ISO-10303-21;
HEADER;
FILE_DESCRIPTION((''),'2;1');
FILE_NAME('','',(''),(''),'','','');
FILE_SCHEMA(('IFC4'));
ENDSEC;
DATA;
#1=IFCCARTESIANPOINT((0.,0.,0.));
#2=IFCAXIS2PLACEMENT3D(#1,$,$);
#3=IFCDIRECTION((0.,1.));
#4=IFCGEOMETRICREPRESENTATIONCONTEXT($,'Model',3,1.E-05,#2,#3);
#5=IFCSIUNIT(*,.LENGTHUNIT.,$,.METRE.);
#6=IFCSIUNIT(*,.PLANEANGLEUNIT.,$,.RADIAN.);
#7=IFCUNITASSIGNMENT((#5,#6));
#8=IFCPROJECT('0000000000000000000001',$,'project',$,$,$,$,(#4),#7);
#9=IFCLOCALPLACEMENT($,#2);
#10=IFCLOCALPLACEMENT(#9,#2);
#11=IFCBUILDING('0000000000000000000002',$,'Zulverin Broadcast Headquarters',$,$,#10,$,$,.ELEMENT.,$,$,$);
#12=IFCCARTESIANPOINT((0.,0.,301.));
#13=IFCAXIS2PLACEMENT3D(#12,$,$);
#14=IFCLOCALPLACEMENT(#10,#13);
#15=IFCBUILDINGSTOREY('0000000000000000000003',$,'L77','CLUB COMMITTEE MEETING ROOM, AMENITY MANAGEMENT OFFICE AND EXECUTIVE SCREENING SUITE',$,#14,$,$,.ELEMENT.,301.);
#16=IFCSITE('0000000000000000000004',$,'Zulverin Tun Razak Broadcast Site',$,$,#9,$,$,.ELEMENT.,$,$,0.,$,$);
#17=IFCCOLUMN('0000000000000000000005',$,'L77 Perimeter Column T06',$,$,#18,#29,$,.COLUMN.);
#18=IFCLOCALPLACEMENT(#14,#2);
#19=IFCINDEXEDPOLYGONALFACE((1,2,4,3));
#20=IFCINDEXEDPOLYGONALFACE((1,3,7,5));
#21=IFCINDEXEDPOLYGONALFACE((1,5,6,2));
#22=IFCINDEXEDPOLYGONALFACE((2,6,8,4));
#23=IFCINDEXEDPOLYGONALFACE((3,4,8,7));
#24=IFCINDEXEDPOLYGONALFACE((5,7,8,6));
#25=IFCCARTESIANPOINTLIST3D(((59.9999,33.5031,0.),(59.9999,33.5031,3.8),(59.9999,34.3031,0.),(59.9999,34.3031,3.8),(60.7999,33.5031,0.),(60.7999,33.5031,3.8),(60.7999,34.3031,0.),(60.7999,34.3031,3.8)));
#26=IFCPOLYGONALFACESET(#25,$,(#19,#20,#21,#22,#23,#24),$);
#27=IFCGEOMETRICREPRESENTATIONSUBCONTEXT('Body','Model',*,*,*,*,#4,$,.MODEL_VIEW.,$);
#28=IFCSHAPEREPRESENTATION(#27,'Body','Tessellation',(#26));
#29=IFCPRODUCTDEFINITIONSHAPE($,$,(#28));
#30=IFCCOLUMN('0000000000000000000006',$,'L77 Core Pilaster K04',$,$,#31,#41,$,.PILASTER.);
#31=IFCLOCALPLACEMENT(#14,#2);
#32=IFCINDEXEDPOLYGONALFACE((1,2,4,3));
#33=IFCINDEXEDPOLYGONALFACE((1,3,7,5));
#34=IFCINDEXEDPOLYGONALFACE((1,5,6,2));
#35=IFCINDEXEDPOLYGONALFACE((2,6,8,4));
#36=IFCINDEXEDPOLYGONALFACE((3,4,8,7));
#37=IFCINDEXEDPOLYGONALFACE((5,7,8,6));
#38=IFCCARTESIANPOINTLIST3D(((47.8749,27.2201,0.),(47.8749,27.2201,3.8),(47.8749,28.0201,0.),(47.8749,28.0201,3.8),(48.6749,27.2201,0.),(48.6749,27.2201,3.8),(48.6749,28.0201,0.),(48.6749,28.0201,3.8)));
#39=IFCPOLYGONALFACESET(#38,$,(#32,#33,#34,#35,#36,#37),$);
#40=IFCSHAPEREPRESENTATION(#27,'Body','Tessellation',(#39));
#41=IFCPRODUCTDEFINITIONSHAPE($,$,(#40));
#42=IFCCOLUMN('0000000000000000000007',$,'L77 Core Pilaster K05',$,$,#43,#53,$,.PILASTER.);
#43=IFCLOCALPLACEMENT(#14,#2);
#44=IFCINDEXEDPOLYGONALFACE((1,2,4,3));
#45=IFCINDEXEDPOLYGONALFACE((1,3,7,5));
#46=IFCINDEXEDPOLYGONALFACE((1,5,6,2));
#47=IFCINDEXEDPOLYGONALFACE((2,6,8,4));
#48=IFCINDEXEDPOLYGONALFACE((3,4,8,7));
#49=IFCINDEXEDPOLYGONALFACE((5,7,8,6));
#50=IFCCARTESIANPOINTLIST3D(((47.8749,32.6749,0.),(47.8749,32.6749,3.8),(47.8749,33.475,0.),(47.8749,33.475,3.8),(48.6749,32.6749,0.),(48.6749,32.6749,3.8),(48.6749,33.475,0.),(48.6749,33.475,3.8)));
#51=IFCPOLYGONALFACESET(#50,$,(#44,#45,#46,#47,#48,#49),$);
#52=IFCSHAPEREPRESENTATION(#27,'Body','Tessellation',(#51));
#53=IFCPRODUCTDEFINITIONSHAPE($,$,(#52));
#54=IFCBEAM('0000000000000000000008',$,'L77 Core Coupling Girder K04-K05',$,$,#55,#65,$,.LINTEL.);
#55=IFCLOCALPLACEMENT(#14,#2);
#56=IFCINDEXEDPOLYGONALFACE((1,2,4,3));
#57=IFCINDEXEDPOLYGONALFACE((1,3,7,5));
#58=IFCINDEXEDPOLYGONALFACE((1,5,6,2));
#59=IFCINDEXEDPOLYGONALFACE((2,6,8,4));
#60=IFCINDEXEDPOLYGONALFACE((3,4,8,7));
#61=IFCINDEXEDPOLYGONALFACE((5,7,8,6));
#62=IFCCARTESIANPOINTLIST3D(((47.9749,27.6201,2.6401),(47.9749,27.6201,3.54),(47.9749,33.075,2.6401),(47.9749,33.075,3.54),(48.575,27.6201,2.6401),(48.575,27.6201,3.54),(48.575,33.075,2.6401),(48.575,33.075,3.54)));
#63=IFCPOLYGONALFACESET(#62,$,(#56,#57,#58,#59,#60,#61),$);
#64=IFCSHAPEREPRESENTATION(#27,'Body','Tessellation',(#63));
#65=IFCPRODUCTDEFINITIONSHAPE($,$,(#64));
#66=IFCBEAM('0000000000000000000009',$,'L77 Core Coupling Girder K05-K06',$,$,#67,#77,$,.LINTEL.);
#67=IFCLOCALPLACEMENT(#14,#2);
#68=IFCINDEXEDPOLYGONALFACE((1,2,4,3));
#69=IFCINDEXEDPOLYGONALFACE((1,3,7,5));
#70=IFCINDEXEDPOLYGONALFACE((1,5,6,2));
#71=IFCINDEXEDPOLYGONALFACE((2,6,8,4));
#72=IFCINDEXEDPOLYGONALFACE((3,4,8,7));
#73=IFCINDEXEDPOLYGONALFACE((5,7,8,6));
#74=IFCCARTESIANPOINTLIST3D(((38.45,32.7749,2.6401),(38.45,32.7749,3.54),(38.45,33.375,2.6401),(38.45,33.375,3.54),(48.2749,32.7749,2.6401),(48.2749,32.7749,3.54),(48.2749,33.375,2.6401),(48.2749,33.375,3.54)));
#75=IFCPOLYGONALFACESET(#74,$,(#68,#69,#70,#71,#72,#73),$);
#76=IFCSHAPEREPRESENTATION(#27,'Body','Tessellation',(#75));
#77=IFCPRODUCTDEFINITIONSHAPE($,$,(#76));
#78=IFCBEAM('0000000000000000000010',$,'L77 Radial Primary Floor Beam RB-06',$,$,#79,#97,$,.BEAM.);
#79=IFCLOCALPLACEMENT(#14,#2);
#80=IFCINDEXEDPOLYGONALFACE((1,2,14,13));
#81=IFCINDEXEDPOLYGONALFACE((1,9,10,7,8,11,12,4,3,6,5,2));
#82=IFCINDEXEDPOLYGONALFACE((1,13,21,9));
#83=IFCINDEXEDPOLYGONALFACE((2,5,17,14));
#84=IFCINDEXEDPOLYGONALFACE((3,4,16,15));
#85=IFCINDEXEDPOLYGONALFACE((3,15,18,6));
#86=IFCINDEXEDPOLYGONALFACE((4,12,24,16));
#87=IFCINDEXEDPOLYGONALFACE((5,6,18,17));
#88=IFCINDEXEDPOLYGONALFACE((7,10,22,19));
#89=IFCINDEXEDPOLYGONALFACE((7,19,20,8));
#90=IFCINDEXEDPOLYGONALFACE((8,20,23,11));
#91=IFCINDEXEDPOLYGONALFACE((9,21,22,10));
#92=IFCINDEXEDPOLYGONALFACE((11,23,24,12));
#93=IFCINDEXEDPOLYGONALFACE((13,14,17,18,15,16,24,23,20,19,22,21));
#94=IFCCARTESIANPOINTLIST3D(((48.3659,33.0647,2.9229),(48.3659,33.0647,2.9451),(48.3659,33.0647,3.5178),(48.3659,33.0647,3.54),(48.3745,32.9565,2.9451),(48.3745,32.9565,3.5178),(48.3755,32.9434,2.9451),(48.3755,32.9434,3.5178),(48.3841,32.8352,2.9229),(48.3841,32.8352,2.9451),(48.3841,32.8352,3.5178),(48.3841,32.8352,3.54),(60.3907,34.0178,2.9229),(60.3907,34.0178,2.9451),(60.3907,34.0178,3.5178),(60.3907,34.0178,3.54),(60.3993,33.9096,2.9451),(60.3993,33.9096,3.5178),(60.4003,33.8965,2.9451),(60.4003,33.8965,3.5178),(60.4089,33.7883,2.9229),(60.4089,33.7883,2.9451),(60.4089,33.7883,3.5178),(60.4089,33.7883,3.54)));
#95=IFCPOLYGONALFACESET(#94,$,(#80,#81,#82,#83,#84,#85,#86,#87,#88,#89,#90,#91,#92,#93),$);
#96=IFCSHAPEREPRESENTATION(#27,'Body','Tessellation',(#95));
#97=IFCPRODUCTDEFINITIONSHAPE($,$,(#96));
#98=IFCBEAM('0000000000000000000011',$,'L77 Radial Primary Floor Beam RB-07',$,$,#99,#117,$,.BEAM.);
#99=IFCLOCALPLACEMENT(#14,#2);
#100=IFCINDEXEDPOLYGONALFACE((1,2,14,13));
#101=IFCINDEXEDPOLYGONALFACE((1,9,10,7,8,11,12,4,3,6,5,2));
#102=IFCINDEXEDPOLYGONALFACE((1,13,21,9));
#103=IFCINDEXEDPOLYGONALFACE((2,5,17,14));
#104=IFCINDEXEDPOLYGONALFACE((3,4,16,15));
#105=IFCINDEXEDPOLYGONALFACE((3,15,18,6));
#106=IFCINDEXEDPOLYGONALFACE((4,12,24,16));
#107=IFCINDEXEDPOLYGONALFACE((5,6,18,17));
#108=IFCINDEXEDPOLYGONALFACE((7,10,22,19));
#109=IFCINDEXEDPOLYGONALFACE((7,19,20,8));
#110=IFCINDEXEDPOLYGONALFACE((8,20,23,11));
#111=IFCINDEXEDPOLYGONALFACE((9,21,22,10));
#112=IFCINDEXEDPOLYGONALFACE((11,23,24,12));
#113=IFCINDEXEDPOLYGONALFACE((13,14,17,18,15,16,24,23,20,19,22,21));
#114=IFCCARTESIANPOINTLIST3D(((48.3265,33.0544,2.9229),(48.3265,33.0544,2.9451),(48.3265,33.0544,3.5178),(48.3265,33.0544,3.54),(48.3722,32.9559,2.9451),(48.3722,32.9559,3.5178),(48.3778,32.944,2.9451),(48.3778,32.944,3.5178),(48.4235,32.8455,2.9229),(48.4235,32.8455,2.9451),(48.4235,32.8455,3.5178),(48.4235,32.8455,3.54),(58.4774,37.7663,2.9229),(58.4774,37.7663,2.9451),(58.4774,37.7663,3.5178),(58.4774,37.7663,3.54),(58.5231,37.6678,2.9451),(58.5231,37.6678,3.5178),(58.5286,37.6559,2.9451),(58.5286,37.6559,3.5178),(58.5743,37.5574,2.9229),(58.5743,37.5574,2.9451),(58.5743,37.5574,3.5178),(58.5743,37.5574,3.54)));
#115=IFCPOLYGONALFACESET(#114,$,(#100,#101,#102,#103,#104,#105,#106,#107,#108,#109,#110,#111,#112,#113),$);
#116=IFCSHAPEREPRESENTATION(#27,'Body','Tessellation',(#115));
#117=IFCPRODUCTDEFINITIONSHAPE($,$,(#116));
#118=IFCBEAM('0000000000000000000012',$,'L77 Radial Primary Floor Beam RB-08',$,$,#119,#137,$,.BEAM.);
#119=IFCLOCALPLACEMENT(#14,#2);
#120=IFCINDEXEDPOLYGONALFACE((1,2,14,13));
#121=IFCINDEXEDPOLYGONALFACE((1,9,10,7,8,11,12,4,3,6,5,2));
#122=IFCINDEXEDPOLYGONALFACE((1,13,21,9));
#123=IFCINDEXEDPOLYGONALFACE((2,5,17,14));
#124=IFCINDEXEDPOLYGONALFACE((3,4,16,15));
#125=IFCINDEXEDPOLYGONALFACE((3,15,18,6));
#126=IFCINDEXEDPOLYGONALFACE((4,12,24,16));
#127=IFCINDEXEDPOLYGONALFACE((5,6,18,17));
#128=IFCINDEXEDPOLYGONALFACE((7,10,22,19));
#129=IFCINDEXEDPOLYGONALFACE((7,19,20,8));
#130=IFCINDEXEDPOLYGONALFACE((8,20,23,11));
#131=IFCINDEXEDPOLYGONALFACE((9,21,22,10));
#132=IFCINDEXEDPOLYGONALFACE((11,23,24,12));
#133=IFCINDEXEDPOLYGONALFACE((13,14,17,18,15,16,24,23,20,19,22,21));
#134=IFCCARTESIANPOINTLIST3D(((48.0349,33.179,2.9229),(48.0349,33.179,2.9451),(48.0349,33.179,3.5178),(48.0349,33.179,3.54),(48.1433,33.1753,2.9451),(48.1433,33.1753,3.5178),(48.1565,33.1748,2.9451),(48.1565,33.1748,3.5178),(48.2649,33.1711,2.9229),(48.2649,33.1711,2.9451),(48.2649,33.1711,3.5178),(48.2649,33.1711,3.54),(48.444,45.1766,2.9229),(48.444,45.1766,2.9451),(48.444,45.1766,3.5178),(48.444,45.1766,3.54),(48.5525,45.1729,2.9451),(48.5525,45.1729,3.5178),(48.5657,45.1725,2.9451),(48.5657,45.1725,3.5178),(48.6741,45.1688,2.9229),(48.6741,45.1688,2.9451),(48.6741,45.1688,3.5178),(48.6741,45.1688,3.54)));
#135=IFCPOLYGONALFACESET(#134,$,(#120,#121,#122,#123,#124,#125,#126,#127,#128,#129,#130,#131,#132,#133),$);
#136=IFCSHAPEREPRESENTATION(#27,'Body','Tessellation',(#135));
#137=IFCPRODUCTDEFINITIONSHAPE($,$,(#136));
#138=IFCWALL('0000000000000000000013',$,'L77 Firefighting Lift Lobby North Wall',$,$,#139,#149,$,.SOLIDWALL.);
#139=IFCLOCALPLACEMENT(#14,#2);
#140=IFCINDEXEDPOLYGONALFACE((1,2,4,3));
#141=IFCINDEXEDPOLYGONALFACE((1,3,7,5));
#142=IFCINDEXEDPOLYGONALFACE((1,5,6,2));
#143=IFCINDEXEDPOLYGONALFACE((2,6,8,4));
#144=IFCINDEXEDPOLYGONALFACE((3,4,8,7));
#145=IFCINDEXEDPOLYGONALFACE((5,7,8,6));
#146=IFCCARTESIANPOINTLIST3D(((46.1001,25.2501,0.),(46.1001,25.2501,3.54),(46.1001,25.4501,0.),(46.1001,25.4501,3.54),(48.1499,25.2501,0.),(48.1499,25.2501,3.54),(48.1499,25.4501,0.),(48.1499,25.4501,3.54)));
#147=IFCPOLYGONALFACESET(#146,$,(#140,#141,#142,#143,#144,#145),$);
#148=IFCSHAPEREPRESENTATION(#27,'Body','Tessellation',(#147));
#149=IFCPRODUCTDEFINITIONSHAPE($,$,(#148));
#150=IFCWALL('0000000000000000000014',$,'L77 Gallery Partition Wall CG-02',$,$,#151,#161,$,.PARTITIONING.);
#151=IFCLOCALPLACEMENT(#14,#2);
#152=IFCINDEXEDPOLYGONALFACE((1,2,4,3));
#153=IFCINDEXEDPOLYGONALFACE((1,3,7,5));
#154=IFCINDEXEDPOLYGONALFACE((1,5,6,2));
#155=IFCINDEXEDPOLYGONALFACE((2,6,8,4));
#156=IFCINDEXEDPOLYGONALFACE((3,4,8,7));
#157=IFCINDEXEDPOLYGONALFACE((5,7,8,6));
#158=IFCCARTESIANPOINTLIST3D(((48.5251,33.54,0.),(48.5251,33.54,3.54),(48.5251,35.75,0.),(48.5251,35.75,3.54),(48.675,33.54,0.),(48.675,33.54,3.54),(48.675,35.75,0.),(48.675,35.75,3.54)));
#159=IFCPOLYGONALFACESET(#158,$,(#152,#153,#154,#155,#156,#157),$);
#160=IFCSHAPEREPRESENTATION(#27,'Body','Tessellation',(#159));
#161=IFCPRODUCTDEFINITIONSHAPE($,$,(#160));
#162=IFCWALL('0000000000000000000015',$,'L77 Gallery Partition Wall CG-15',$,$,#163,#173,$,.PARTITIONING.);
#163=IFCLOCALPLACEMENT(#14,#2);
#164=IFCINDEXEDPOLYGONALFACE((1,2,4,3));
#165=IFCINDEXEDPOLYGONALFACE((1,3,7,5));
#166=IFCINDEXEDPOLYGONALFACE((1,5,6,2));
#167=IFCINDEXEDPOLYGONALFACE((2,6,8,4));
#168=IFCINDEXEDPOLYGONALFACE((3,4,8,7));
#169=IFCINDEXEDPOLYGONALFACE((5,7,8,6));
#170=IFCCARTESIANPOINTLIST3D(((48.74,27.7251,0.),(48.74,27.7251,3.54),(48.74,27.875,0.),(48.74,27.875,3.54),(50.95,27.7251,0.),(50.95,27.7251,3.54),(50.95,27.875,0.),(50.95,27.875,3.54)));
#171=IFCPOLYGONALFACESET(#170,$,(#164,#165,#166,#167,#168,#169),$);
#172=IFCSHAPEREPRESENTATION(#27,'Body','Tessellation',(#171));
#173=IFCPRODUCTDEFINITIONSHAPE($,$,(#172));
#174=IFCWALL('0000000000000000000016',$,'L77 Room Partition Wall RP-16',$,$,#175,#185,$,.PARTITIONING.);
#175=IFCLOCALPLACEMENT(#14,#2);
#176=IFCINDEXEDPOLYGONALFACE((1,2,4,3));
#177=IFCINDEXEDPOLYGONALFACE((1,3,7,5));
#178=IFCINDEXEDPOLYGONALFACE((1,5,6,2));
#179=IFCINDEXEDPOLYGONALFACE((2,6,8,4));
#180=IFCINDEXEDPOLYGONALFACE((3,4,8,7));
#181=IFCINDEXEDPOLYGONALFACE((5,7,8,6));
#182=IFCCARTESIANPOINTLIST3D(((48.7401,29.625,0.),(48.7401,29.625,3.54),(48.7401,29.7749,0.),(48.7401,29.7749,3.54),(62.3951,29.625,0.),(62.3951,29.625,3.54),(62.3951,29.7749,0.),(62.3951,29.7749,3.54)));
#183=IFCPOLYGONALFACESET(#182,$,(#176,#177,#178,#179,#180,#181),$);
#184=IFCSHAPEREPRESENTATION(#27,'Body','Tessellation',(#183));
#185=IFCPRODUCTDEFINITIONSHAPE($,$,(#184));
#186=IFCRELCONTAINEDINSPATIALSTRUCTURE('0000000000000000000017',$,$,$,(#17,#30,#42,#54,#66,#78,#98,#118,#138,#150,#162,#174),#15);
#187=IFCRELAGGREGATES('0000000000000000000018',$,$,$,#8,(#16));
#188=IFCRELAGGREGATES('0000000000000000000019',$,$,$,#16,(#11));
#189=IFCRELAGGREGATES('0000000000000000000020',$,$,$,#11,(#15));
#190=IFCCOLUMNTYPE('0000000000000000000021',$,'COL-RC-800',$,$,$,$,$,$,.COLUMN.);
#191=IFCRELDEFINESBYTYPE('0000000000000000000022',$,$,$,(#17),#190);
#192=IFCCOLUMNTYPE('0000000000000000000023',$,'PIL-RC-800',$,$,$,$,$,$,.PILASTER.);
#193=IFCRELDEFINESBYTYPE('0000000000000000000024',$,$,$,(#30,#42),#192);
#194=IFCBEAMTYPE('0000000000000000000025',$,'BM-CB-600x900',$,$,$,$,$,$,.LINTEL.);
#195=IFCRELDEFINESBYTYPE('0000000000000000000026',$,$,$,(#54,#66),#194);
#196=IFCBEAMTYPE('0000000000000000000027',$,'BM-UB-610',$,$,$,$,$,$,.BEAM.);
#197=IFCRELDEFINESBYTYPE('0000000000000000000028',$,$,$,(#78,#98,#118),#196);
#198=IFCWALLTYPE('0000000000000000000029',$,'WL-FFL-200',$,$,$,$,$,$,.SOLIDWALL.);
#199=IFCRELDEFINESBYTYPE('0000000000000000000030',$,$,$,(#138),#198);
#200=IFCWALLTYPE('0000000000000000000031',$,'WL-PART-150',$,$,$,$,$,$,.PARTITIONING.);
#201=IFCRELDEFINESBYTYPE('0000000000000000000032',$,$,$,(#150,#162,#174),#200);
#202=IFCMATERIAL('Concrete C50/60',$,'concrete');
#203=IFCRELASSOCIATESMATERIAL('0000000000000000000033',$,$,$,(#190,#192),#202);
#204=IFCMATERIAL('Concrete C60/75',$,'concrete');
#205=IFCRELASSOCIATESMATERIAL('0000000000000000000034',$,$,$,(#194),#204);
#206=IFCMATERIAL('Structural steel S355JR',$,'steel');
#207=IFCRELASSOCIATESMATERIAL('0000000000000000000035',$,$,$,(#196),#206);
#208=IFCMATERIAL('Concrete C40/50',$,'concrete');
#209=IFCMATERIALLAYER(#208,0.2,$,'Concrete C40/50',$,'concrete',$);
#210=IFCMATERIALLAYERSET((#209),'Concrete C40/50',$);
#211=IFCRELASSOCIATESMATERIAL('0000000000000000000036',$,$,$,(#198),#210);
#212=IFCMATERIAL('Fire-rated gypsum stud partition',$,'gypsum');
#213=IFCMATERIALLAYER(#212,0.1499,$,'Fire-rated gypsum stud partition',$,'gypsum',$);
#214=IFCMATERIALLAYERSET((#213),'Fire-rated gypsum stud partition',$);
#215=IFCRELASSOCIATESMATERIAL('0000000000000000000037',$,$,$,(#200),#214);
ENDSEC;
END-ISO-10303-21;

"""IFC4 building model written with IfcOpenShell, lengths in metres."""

from ifc_helpers import new_model, si_unit, direction, frame, frame_2d, origin, origin_2d, place, context, subcontext, project, spatial, rectangle, i_section, extrude, material, layer, layer_set, material_profile, profile_set, type_object, element, save


model = new_model("IFC4")

# Units and contexts
model_context = context("Model", 3, precision=1e-05, world=origin(), true_north=direction((0.0, 1.0)))
body_context = subcontext(model_context, "Body", "Model", "MODEL_VIEW")
ifc_project = project(units=[si_unit("LENGTHUNIT", "METRE"), si_unit("PLANEANGLEUNIT", "RADIAN")], contexts=[model_context])

# Site, building, storey
site_placement = place(None, origin())
site = spatial("IfcSite", under=ifc_project, at=site_placement, Name="Zulverin Tun Razak Broadcast Site", CompositionType="ELEMENT", RefElevation=0.0)
building_placement = place(site_placement, origin())
building = spatial("IfcBuilding", under=site, at=building_placement, Name="Zulverin Broadcast Headquarters", CompositionType="ELEMENT")
storey_placement = place(building_placement, frame((0.0, 0.0, 301.0)))
storey = spatial("IfcBuildingStorey", under=building, at=storey_placement, Name="L77", Description="CLUB COMMITTEE MEETING ROOM, AMENITY MANAGEMENT OFFICE AND EXECUTIVE SCREENING SUITE", CompositionType="ELEMENT", Elevation=301.0)

# Columns
ifc_material_1 = material(Name="Concrete C50/60", Category="concrete")
ifc_material_profile_1 = material_profile(ifc_material_1, rectangle(XDim=0.8, YDim=0.8, at=origin_2d()), Name="Concrete C50/60", Category="concrete")
ifc_profile_set_1 = profile_set([ifc_material_profile_1], Name="Concrete C50/60")
column_type_1 = type_object("IfcColumnType", Name="COL-RC-800", PredefinedType="COLUMN", material=ifc_profile_set_1)
column_placement = place(storey_placement, frame((60.3999, 33.9031, 0.0), z_axis=(0.0, 0.0, 1.0), x_axis=(1.0, 0.0, 0.0)))
element("IfcColumn", 1, at=column_placement, inside=storey, type_object=column_type_1, Name="L77 Perimeter Column T06", PredefinedType="COLUMN", context=body_context, shape_type="SweptSolid", body=[
    extrude(rectangle(XDim=0.8, YDim=0.8, at=origin_2d()), origin(), (0.0, 0.0, 1.0), 3.8),
])
ifc_material_profile_2 = material_profile(ifc_material_1, rectangle(XDim=0.8, YDim=0.8, at=origin_2d()), Name="Concrete C50/60", Category="concrete")
ifc_profile_set_2 = profile_set([ifc_material_profile_2], Name="Concrete C50/60")
column_type_2 = type_object("IfcColumnType", Name="PIL-RC-800", PredefinedType="PILASTER", material=ifc_profile_set_2)
for number, where, z_axis, x_axis, name in (
    (2, (48.2749, 27.6201, 0.0), (0.0, 0.0, 1.0), (1.0, 0.0, 0.0), "L77 Core Pilaster K04"),
    (3, (48.2749, 33.075, 0.0), (0.0, 0.0, 1.0), (1.0, 0.0, 0.0), "L77 Core Pilaster K05"),
):
    element("IfcColumn", number, at=place(storey_placement, frame(where, z_axis=z_axis, x_axis=x_axis)), inside=storey, type_object=column_type_2, Name=name, PredefinedType="PILASTER", context=body_context, shape_type="SweptSolid", body=[
        extrude(rectangle(XDim=0.8, YDim=0.8, at=origin_2d()), origin(), (0.0, 0.0, 1.0), 3.8),
    ])

# Beams
ifc_material_2 = material(Name="Concrete C60/75", Category="concrete")
ifc_material_profile_3 = material_profile(ifc_material_2, rectangle(XDim=0.6001, YDim=0.8999, at=origin_2d()), Name="Concrete C60/75", Category="concrete")
ifc_profile_set_3 = profile_set([ifc_material_profile_3], Name="Concrete C60/75")
beam_type_1 = type_object("IfcBeamType", Name="BM-CB-600x900", PredefinedType="LINTEL", material=ifc_profile_set_3)
beam_1_placement = place(storey_placement, frame((48.2749, 27.6201, 3.0901), z_axis=(0.0, 1.0, 0.0), x_axis=(-1.0, 0.0, 0.0)))
element("IfcBeam", 4, at=beam_1_placement, inside=storey, type_object=beam_type_1, Name="L77 Core Coupling Girder K04-K05", PredefinedType="LINTEL", context=body_context, shape_type="SweptSolid", body=[
    extrude(rectangle(XDim=0.6001, YDim=0.8999, at=origin_2d()), origin(), (0.0, 0.0, 1.0), 5.4548),
])
beam_2_placement = place(storey_placement, frame((48.2749, 33.075, 3.0901), z_axis=(-1.0, 0.0, 0.0), x_axis=(0.0, -1.0, 0.0)))
element("IfcBeam", 5, at=beam_2_placement, inside=storey, type_object=beam_type_1, Name="L77 Core Coupling Girder K05-K06", PredefinedType="LINTEL", context=body_context, shape_type="SweptSolid", body=[
    extrude(rectangle(XDim=0.6001, YDim=0.8999, at=origin_2d()), origin(), (0.0, 0.0, 1.0), 9.825),
])
ifc_material_3 = material(Name="Structural steel S355JR", Category="steel")
ifc_material_profile_4 = material_profile(ifc_material_3, i_section(OverallWidth=0.2302, OverallDepth=0.6172, WebThickness=0.0132, FlangeThickness=0.0222, at=origin_2d()), Name="Structural steel S355JR", Category="steel")
ifc_profile_set_4 = profile_set([ifc_material_profile_4], Name="Structural steel S355JR")
beam_type_2 = type_object("IfcBeamType", Name="BM-UB-610", PredefinedType="BEAM", material=ifc_profile_set_4)
beam_3_placement = place(storey_placement, frame((48.375, 32.95, 3.2314), z_axis=(0.996873, 0.079015, 0.0), x_axis=(-0.079015, 0.996873, 0.0)))
element("IfcBeam", 6, at=beam_3_placement, inside=storey, type_object=beam_type_2, Name="L77 Radial Primary Floor Beam RB-06", PredefinedType="BEAM", context=body_context, shape_type="SweptSolid", body=[
    extrude(i_section(OverallWidth=0.2302, OverallDepth=0.6172, WebThickness=0.0132, FlangeThickness=0.0222, at=origin_2d()), origin(), (0.0, 0.0, 1.0), 12.0625),
])
beam_4_placement = place(storey_placement, frame((48.375, 32.95, 3.2314), z_axis=(0.907043, 0.421038, 0.0), x_axis=(-0.421038, 0.907043, 0.0)))
element("IfcBeam", 7, at=beam_4_placement, inside=storey, type_object=beam_type_2, Name="L77 Radial Primary Floor Beam RB-07", PredefinedType="BEAM", context=body_context, shape_type="SweptSolid", body=[
    extrude(i_section(OverallWidth=0.2302, OverallDepth=0.6172, WebThickness=0.0132, FlangeThickness=0.0222, at=origin_2d()), origin(), (0.0, 0.0, 1.0), 11.1912),
])
beam_5_placement = place(storey_placement, frame((48.1499, 33.175, 3.2314), z_axis=(0.034085, 0.999419, 0.0), x_axis=(-0.999419, 0.034085, 0.0)))
element("IfcBeam", 8, at=beam_5_placement, inside=storey, type_object=beam_type_2, Name="L77 Radial Primary Floor Beam RB-08", PredefinedType="BEAM", context=body_context, shape_type="SweptSolid", body=[
    extrude(i_section(OverallWidth=0.2302, OverallDepth=0.6172, WebThickness=0.0132, FlangeThickness=0.0222, at=origin_2d()), origin(), (0.0, 0.0, 1.0), 12.0046),
])

# Walls
ifc_material_4 = material(Name="Concrete C40/50", Category="concrete")
ifc_layer_1 = layer(ifc_material_4, 0.2, Name="Concrete C40/50", Category="concrete")
ifc_layer_set_1 = layer_set([ifc_layer_1], Name="Concrete C40/50")
wall_type_1 = type_object("IfcWallType", Name="WL-FFL-200", PredefinedType="SOLIDWALL", material=ifc_layer_set_1)
wall_1_placement = place(storey_placement, frame((46.1001, 25.3501, 0.0), z_axis=(0.0, 0.0, 1.0), x_axis=(1.0, 0.0, 0.0)))
element("IfcWall", 9, at=wall_1_placement, inside=storey, type_object=wall_type_1, Name="L77 Firefighting Lift Lobby North Wall", PredefinedType="SOLIDWALL", context=body_context, shape_type="SweptSolid", body=[
    extrude(rectangle(XDim=2.0498, YDim=0.2, at=frame_2d((1.0249, 0.0))), origin(), (0.0, 0.0, 1.0), 3.54),
])
ifc_material_5 = material(Name="Fire-rated gypsum stud partition", Category="gypsum")
ifc_layer_2 = layer(ifc_material_5, 0.1499, Name="Fire-rated gypsum stud partition", Category="gypsum")
ifc_layer_set_2 = layer_set([ifc_layer_2], Name="Fire-rated gypsum stud partition")
wall_type_2 = type_object("IfcWallType", Name="WL-PART-150", PredefinedType="PARTITIONING", material=ifc_layer_set_2)
for number, where, z_axis, x_axis, name in (
    (10, (48.6001, 33.54, 0.0), (0.0, 0.0, 1.0), (0.0, 1.0, 0.0), "L77 Gallery Partition Wall CG-02"),
    (11, (48.74, 27.8, 0.0), (0.0, 0.0, 1.0), (1.0, 0.0, 0.0), "L77 Gallery Partition Wall CG-15"),
):
    element("IfcWall", number, at=place(storey_placement, frame(where, z_axis=z_axis, x_axis=x_axis)), inside=storey, type_object=wall_type_2, Name=name, PredefinedType="PARTITIONING", context=body_context, shape_type="SweptSolid", body=[
        extrude(rectangle(XDim=2.21, YDim=0.1499, at=frame_2d((1.105, 0.0))), origin(), (0.0, 0.0, 1.0), 3.54),
    ])
wall_2_placement = place(storey_placement, frame((48.74, 29.7, 0.0), z_axis=(0.0, 0.0, 1.0), x_axis=(1.0, 0.0, 0.0)))
element("IfcWall", 12, at=wall_2_placement, inside=storey, type_object=wall_type_2, Name="L77 Room Partition Wall RP-16", PredefinedType="PARTITIONING", context=body_context, shape_type="SweptSolid", body=[
    extrude(rectangle(XDim=13.655, YDim=0.1499, at=frame_2d((6.8276, 0.0))), origin(), (0.0, 0.0, 1.0), 3.54),
])

save(model, "model.ifc")
